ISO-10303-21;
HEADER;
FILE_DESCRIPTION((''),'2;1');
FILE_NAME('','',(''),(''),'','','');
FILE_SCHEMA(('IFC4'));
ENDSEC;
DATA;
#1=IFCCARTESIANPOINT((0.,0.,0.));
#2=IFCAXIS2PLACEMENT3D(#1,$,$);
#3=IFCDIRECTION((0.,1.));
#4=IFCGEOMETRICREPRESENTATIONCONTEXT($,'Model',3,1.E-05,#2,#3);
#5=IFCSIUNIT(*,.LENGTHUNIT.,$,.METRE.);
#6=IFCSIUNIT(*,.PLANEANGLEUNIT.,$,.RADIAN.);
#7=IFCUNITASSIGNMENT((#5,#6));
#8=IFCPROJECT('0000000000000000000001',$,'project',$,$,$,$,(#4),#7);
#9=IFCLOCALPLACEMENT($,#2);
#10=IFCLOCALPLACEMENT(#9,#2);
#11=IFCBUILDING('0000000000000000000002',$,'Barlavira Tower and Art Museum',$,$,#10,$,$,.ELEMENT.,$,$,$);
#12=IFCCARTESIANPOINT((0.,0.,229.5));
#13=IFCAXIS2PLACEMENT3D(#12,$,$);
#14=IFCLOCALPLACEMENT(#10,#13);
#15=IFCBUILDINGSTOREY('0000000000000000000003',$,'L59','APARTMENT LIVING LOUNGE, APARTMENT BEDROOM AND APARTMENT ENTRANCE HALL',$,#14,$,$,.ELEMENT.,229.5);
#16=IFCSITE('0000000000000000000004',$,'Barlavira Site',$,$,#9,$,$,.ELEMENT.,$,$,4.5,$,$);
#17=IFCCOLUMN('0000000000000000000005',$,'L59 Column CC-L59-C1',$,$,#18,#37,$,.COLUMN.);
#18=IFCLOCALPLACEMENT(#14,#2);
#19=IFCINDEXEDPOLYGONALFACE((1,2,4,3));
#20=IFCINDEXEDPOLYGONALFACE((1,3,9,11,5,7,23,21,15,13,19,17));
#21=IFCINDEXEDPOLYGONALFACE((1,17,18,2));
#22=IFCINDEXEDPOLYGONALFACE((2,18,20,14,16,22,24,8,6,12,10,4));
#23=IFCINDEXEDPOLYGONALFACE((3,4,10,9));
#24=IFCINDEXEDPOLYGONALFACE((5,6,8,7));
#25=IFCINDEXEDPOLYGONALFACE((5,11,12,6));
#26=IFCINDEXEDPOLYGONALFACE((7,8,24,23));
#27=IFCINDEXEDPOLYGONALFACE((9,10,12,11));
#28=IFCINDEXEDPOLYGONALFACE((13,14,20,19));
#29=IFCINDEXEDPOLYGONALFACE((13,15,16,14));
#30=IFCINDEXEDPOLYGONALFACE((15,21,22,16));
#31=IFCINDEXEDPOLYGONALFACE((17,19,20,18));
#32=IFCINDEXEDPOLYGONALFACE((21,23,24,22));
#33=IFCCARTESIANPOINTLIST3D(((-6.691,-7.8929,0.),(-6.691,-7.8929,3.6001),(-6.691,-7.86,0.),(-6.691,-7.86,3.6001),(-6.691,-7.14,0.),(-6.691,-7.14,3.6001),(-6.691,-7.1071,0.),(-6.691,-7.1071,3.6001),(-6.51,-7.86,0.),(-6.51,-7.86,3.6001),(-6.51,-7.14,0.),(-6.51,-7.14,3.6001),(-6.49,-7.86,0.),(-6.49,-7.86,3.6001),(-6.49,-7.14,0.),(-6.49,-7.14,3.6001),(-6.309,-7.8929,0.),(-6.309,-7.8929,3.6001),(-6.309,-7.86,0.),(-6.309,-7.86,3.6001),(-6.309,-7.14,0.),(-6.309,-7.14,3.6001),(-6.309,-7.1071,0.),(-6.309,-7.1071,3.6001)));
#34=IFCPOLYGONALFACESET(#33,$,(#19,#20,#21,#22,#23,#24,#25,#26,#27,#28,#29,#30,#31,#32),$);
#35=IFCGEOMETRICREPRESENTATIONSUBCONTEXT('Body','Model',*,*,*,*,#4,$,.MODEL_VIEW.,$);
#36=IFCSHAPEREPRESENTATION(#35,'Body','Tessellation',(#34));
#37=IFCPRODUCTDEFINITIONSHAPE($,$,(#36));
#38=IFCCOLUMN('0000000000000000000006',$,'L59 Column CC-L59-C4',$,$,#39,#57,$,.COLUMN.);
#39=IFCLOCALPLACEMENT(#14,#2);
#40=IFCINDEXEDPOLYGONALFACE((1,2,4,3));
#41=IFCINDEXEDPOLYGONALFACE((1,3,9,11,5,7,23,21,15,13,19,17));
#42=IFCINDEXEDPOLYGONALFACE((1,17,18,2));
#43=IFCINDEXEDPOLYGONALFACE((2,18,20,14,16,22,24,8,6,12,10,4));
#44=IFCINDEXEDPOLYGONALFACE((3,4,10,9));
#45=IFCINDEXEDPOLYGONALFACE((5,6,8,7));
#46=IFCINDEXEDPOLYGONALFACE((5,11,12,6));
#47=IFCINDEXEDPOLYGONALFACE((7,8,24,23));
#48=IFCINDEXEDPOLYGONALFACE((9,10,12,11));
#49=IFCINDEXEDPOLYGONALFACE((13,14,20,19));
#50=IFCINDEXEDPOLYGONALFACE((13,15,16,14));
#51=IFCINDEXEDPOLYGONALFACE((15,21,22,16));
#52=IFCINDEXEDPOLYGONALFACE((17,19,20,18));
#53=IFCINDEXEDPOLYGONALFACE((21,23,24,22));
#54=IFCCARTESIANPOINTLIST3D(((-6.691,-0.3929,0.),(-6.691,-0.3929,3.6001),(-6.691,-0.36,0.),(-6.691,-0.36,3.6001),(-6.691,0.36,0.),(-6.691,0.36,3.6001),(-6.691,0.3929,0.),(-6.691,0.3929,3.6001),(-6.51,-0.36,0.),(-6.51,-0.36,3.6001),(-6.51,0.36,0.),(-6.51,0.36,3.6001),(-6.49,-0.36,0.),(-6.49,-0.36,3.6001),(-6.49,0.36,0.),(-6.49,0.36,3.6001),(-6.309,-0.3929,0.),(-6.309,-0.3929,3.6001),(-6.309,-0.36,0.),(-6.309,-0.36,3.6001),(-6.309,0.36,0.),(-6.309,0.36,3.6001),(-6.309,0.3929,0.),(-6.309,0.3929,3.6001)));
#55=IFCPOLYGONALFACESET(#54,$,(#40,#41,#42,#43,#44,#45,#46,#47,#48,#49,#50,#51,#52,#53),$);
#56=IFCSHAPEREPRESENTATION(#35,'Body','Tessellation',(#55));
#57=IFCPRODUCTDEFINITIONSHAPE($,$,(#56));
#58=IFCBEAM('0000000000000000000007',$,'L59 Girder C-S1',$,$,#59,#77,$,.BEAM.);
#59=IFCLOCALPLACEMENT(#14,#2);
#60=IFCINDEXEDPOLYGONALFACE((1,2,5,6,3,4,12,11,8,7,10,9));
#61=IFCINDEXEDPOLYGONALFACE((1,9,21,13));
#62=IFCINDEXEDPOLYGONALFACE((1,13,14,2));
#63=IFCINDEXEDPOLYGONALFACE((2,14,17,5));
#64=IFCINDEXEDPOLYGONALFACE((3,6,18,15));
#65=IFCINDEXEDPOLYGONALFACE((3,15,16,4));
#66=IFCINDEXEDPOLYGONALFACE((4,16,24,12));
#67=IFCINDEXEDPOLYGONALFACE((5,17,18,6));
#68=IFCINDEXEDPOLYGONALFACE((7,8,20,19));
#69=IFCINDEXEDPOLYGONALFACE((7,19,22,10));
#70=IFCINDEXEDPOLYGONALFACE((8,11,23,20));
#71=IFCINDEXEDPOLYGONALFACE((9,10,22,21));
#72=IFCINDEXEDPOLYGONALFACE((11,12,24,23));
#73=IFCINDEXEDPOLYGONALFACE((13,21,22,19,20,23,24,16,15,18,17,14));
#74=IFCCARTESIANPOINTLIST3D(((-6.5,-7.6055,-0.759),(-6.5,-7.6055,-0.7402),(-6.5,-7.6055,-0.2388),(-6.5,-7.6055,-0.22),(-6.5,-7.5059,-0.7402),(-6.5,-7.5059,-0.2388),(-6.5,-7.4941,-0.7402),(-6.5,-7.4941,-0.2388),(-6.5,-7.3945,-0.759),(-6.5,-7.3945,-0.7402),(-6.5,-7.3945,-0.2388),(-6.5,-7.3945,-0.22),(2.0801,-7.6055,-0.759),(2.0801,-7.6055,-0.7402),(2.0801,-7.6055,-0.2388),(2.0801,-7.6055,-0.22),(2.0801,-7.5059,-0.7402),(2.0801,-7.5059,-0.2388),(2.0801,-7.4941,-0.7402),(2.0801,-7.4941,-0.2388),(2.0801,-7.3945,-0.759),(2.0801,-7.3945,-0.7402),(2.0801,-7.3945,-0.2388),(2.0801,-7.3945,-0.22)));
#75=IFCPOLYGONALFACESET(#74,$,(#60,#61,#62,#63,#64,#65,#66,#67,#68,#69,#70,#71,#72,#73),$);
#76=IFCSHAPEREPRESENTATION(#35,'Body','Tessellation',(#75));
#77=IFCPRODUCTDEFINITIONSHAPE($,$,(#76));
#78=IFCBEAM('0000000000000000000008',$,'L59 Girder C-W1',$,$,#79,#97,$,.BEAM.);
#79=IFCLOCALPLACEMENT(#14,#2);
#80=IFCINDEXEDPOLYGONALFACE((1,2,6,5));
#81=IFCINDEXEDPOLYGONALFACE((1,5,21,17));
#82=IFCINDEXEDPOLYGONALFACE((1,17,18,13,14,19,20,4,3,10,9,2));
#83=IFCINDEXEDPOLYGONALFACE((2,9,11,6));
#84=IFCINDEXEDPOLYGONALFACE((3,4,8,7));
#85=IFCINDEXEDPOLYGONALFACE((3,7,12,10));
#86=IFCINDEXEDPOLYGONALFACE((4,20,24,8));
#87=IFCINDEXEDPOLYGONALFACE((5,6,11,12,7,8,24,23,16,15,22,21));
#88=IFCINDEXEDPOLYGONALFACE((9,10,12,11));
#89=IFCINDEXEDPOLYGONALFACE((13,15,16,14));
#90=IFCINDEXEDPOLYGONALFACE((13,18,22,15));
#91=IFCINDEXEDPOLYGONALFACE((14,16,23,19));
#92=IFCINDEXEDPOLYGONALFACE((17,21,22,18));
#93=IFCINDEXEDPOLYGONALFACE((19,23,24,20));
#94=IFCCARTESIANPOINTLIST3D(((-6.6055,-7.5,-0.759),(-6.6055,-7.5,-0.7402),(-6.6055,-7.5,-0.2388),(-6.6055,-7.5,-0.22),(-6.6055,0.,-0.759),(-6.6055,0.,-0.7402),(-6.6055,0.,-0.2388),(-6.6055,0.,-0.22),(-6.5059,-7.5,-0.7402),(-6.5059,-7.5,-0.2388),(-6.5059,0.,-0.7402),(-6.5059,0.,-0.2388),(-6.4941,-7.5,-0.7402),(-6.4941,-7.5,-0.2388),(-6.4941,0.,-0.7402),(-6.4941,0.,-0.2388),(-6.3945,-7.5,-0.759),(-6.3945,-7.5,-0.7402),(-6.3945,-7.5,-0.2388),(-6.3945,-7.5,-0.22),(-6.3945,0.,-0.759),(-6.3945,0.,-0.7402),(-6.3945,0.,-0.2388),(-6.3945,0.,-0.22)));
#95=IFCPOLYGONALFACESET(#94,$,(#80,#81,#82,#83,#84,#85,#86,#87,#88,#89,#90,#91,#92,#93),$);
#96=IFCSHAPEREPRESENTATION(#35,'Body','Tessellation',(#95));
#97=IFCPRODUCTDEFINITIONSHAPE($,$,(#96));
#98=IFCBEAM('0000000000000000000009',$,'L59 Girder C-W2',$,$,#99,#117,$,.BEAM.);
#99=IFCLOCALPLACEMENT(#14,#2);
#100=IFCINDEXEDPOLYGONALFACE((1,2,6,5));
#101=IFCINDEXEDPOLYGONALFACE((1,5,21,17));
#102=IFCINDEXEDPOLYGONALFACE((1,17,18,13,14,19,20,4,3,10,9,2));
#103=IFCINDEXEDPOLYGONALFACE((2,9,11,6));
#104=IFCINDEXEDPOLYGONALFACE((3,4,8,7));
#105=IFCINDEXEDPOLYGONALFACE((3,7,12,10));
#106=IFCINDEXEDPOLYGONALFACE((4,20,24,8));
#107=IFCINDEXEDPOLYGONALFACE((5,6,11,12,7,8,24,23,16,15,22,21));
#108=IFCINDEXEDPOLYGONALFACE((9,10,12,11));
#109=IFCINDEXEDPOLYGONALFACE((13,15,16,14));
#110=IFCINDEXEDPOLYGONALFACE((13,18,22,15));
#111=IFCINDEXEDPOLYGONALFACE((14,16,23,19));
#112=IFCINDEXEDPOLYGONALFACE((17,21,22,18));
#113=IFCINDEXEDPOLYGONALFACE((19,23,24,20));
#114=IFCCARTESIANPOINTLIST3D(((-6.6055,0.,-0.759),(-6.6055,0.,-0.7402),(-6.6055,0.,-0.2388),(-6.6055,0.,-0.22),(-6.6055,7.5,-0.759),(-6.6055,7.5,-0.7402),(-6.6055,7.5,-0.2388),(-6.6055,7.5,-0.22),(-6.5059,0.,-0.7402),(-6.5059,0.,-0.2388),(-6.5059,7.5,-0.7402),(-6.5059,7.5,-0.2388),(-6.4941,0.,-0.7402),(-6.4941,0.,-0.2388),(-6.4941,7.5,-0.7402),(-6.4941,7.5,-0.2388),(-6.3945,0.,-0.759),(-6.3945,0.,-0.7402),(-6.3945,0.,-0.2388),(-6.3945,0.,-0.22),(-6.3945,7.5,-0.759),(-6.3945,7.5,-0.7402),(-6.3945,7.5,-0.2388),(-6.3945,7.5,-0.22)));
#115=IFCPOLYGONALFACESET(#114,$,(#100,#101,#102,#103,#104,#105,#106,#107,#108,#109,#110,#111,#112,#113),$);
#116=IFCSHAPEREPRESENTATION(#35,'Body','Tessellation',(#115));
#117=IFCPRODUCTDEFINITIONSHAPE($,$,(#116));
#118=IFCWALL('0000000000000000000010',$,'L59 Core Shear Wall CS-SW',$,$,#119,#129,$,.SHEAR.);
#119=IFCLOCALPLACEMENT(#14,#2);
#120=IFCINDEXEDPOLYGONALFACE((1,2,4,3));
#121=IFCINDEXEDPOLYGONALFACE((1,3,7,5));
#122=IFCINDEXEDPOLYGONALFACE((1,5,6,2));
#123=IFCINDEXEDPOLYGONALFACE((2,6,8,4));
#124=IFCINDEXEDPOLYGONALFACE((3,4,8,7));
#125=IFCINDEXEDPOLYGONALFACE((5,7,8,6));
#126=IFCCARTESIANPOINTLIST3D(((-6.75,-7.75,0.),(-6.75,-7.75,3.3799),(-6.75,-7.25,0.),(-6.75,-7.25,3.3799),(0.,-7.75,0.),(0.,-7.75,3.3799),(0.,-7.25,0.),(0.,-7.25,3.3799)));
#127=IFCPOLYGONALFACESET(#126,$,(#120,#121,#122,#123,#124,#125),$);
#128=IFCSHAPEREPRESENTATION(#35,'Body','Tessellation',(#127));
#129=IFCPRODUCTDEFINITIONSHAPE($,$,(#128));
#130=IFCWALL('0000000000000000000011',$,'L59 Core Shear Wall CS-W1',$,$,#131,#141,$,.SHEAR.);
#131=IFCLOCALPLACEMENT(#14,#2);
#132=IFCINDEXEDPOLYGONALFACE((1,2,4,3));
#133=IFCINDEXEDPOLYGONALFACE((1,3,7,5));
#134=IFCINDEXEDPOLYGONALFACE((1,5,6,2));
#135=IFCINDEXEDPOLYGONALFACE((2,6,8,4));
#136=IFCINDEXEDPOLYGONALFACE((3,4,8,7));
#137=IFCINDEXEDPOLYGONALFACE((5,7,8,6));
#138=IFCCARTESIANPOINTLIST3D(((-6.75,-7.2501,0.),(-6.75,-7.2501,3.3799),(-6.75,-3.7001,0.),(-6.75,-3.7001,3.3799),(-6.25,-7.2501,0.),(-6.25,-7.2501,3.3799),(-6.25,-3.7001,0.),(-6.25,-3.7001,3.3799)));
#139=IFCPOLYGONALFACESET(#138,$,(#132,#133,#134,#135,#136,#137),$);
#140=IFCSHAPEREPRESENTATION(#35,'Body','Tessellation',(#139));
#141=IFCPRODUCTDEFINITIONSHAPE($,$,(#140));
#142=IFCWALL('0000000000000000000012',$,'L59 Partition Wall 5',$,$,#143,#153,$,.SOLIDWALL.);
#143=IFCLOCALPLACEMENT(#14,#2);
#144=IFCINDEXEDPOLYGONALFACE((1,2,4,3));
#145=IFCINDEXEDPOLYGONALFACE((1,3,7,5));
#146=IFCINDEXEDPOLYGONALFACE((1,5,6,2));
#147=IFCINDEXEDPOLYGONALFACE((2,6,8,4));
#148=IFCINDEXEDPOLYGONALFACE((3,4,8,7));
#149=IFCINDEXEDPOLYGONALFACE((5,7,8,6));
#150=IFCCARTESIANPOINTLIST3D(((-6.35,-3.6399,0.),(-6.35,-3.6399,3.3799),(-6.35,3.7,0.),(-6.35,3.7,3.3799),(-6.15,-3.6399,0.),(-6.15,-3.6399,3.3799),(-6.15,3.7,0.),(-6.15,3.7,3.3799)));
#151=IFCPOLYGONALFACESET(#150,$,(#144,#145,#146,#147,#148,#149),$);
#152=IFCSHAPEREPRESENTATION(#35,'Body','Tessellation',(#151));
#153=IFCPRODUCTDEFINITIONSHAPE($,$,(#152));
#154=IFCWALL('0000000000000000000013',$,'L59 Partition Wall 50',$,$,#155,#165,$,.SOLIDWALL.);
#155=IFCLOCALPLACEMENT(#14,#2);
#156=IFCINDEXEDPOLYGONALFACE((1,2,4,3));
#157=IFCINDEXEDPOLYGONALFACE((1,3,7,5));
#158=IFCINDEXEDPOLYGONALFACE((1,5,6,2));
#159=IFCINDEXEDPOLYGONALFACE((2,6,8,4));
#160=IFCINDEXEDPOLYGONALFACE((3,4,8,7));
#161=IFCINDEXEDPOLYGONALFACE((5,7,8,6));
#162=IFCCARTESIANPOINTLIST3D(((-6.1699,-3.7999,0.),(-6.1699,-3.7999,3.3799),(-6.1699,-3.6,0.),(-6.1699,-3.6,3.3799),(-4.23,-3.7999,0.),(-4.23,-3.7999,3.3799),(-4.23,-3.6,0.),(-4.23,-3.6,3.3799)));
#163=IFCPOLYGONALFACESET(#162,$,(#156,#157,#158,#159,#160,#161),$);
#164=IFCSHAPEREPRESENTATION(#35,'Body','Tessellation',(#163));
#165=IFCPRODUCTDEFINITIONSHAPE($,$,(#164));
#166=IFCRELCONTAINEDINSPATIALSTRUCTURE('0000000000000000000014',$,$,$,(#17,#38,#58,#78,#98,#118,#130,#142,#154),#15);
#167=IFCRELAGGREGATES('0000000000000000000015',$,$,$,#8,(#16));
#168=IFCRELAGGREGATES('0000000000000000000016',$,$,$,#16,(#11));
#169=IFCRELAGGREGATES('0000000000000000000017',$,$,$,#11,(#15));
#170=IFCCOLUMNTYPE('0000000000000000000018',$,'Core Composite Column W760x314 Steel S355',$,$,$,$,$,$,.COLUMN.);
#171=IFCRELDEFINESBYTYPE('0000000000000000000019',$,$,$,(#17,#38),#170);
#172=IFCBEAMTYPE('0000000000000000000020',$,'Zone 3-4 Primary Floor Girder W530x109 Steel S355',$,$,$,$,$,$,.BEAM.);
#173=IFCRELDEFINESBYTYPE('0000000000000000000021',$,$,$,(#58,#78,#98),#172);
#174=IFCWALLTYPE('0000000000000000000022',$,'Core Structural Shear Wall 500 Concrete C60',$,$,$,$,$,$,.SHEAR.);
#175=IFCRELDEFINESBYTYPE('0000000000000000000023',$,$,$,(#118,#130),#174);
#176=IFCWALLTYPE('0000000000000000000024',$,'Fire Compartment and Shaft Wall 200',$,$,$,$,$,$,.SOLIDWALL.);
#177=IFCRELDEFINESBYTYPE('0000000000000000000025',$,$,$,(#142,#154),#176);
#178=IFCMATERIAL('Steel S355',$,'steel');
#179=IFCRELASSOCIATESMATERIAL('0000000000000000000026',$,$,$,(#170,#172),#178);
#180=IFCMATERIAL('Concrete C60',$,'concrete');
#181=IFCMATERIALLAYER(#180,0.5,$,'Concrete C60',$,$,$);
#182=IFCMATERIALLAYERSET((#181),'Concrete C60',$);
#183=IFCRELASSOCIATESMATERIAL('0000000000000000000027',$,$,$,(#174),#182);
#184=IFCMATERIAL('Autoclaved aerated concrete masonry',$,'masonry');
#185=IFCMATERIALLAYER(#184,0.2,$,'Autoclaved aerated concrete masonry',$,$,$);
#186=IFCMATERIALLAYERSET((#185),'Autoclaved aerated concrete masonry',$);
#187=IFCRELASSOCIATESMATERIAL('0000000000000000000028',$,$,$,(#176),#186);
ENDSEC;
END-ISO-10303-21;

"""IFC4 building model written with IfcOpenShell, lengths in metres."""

from ifc_helpers import new_model, si_unit, direction, frame, frame_2d, origin, origin_2d, place, context, subcontext, project, spatial, rectangle, i_section, extrude, material, layer, layer_set, material_profile, profile_set, type_object, element, save


model = new_model("IFC4")

# Units and contexts
model_context = context("Model", 3, precision=1e-05, world=origin(), true_north=direction((0.0, 1.0)))
body_context = subcontext(model_context, "Body", "Model", "MODEL_VIEW")
ifc_project = project(units=[si_unit("LENGTHUNIT", "METRE"), si_unit("PLANEANGLEUNIT", "RADIAN")], contexts=[model_context])

# Site, building, storey
site_placement = place(None, origin())
site = spatial("IfcSite", under=ifc_project, at=site_placement, Name="Barlavira Site", CompositionType="ELEMENT", RefElevation=4.5)
building_placement = place(site_placement, origin())
building = spatial("IfcBuilding", under=site, at=building_placement, Name="Barlavira Tower and Art Museum", CompositionType="ELEMENT")
storey_placement = place(building_placement, frame((0.0, 0.0, 229.5)))
storey = spatial("IfcBuildingStorey", under=building, at=storey_placement, Name="L59", Description="APARTMENT LIVING LOUNGE, APARTMENT BEDROOM AND APARTMENT ENTRANCE HALL", CompositionType="ELEMENT", Elevation=229.5)

# Columns
ifc_material_1 = material(Name="Steel S355", Category="steel")
ifc_material_profile_1 = material_profile(ifc_material_1, i_section(OverallWidth=0.3821, OverallDepth=0.7859, WebThickness=0.02, FlangeThickness=0.033, at=origin_2d()), Name="W760x314.0")
ifc_profile_set_1 = profile_set([ifc_material_profile_1], Name="Steel S355")
column_type = type_object("IfcColumnType", Name="Core Composite Column W760x314 Steel S355", PredefinedType="COLUMN", material=ifc_profile_set_1)
for number, where, z_axis, x_axis, name in (
    (1, (-6.5, -7.5, 0.0), (0.0, 0.0, 1.0), (1.0, 0.0, 0.0), "L59 Column CC-L59-C1"),
    (2, (-6.5, 0.0, 0.0), (0.0, 0.0, 1.0), (1.0, 0.0, 0.0), "L59 Column CC-L59-C4"),
):
    element("IfcColumn", number, at=place(storey_placement, frame(where, z_axis=z_axis, x_axis=x_axis)), inside=storey, type_object=column_type, Name=name, PredefinedType="COLUMN", context=body_context, shape_type="SweptSolid", body=[
        extrude(i_section(OverallWidth=0.3821, OverallDepth=0.7859, WebThickness=0.02, FlangeThickness=0.033, at=origin_2d()), origin(), (0.0, 0.0, 1.0), 3.6001),
    ])

# Beams
ifc_material_profile_2 = material_profile(ifc_material_1, i_section(OverallWidth=0.2109, OverallDepth=0.5391, WebThickness=0.0117, FlangeThickness=0.0188, at=origin_2d()), Name="W530x109.0")
ifc_profile_set_2 = profile_set([ifc_material_profile_2], Name="Steel S355")
beam_type = type_object("IfcBeamType", Name="Zone 3-4 Primary Floor Girder W530x109 Steel S355", PredefinedType="BEAM", material=ifc_profile_set_2)
beam_placement = place(storey_placement, frame((-6.5, -7.5, -0.4895), z_axis=(1.0, 0.0, 0.0), x_axis=(0.0, 1.0, 0.0)))
element("IfcBeam", 3, at=beam_placement, inside=storey, type_object=beam_type, Name="L59 Girder C-S1", PredefinedType="BEAM", context=body_context, shape_type="SweptSolid", body=[
    extrude(i_section(OverallWidth=0.2109, OverallDepth=0.5391, WebThickness=0.0117, FlangeThickness=0.0188, at=origin_2d()), origin(), (0.0, 0.0, 1.0), 8.5801),
])
for number, where, z_axis, x_axis, name in (
    (4, (-6.5, -7.5, -0.4895), (0.0, 1.0, 0.0), (-1.0, 0.0, 0.0), "L59 Girder C-W1"),
    (5, (-6.5, 0.0, -0.4895), (0.0, 1.0, 0.0), (-1.0, 0.0, 0.0), "L59 Girder C-W2"),
):
    element("IfcBeam", number, at=place(storey_placement, frame(where, z_axis=z_axis, x_axis=x_axis)), inside=storey, type_object=beam_type, Name=name, PredefinedType="BEAM", context=body_context, shape_type="SweptSolid", body=[
        extrude(i_section(OverallWidth=0.2109, OverallDepth=0.5391, WebThickness=0.0117, FlangeThickness=0.0188, at=origin_2d()), origin(), (0.0, 0.0, 1.0), 7.5),
    ])

# Walls
ifc_material_2 = material(Name="Concrete C60", Category="concrete")
ifc_layer_1 = layer(ifc_material_2, 0.5, Name="Concrete C60")
ifc_layer_set_1 = layer_set([ifc_layer_1], Name="Concrete C60")
wall_type_1 = type_object("IfcWallType", Name="Core Structural Shear Wall 500 Concrete C60", PredefinedType="SHEAR", material=ifc_layer_set_1)
wall_1_placement = place(storey_placement, frame((-6.75, -7.5, 0.0), z_axis=(0.0, 0.0, 1.0), x_axis=(1.0, 0.0, 0.0)))
element("IfcWall", 6, at=wall_1_placement, inside=storey, type_object=wall_type_1, Name="L59 Core Shear Wall CS-SW", PredefinedType="SHEAR", context=body_context, shape_type="SweptSolid", body=[
    extrude(rectangle(XDim=6.75, YDim=0.5, at=frame_2d((3.375, 0.0))), origin(), (0.0, 0.0, 1.0), 3.3799),
])
wall_2_placement = place(storey_placement, frame((-6.5, -7.25, 0.0), z_axis=(0.0, 0.0, 1.0), x_axis=(0.0, 1.0, 0.0)))
element("IfcWall", 7, at=wall_2_placement, inside=storey, type_object=wall_type_1, Name="L59 Core Shear Wall CS-W1", PredefinedType="SHEAR", context=body_context, shape_type="SweptSolid", body=[
    extrude(rectangle(XDim=3.55, YDim=0.5, at=frame_2d((1.7749, 0.0))), origin(), (0.0, 0.0, 1.0), 3.3799),
])
ifc_material_3 = material(Name="Autoclaved aerated concrete masonry", Category="masonry")
ifc_layer_2 = layer(ifc_material_3, 0.2, Name="Autoclaved aerated concrete masonry")
ifc_layer_set_2 = layer_set([ifc_layer_2], Name="Autoclaved aerated concrete masonry")
wall_type_2 = type_object("IfcWallType", Name="Fire Compartment and Shaft Wall 200", PredefinedType="SOLIDWALL", material=ifc_layer_set_2)
wall_3_placement = place(storey_placement, frame((-6.25, -3.6399, 0.0), z_axis=(0.0, 0.0, 1.0), x_axis=(0.0, 1.0, 0.0)))
element("IfcWall", 8, at=wall_3_placement, inside=storey, type_object=wall_type_2, Name="L59 Partition Wall 5", PredefinedType="SOLIDWALL", context=body_context, shape_type="SweptSolid", body=[
    extrude(rectangle(XDim=7.3398, YDim=0.2, at=frame_2d((3.6699, 0.0))), origin(), (0.0, 0.0, 1.0), 3.3799),
])

# Wall
wall_4_placement = place(storey_placement, frame((-6.1699, -3.7, 0.0), z_axis=(0.0, 0.0, 1.0), x_axis=(1.0, 0.0, 0.0)))
element("IfcWall", 9, at=wall_4_placement, inside=storey, type_object=wall_type_2, Name="L59 Partition Wall 50", PredefinedType="SOLIDWALL", context=body_context, shape_type="SweptSolid", body=[
    extrude(rectangle(XDim=1.9399, YDim=0.2, at=frame_2d((0.97, 0.0))), origin(), (0.0, 0.0, 1.0), 3.3799),
])

save(model, "model.ifc")
